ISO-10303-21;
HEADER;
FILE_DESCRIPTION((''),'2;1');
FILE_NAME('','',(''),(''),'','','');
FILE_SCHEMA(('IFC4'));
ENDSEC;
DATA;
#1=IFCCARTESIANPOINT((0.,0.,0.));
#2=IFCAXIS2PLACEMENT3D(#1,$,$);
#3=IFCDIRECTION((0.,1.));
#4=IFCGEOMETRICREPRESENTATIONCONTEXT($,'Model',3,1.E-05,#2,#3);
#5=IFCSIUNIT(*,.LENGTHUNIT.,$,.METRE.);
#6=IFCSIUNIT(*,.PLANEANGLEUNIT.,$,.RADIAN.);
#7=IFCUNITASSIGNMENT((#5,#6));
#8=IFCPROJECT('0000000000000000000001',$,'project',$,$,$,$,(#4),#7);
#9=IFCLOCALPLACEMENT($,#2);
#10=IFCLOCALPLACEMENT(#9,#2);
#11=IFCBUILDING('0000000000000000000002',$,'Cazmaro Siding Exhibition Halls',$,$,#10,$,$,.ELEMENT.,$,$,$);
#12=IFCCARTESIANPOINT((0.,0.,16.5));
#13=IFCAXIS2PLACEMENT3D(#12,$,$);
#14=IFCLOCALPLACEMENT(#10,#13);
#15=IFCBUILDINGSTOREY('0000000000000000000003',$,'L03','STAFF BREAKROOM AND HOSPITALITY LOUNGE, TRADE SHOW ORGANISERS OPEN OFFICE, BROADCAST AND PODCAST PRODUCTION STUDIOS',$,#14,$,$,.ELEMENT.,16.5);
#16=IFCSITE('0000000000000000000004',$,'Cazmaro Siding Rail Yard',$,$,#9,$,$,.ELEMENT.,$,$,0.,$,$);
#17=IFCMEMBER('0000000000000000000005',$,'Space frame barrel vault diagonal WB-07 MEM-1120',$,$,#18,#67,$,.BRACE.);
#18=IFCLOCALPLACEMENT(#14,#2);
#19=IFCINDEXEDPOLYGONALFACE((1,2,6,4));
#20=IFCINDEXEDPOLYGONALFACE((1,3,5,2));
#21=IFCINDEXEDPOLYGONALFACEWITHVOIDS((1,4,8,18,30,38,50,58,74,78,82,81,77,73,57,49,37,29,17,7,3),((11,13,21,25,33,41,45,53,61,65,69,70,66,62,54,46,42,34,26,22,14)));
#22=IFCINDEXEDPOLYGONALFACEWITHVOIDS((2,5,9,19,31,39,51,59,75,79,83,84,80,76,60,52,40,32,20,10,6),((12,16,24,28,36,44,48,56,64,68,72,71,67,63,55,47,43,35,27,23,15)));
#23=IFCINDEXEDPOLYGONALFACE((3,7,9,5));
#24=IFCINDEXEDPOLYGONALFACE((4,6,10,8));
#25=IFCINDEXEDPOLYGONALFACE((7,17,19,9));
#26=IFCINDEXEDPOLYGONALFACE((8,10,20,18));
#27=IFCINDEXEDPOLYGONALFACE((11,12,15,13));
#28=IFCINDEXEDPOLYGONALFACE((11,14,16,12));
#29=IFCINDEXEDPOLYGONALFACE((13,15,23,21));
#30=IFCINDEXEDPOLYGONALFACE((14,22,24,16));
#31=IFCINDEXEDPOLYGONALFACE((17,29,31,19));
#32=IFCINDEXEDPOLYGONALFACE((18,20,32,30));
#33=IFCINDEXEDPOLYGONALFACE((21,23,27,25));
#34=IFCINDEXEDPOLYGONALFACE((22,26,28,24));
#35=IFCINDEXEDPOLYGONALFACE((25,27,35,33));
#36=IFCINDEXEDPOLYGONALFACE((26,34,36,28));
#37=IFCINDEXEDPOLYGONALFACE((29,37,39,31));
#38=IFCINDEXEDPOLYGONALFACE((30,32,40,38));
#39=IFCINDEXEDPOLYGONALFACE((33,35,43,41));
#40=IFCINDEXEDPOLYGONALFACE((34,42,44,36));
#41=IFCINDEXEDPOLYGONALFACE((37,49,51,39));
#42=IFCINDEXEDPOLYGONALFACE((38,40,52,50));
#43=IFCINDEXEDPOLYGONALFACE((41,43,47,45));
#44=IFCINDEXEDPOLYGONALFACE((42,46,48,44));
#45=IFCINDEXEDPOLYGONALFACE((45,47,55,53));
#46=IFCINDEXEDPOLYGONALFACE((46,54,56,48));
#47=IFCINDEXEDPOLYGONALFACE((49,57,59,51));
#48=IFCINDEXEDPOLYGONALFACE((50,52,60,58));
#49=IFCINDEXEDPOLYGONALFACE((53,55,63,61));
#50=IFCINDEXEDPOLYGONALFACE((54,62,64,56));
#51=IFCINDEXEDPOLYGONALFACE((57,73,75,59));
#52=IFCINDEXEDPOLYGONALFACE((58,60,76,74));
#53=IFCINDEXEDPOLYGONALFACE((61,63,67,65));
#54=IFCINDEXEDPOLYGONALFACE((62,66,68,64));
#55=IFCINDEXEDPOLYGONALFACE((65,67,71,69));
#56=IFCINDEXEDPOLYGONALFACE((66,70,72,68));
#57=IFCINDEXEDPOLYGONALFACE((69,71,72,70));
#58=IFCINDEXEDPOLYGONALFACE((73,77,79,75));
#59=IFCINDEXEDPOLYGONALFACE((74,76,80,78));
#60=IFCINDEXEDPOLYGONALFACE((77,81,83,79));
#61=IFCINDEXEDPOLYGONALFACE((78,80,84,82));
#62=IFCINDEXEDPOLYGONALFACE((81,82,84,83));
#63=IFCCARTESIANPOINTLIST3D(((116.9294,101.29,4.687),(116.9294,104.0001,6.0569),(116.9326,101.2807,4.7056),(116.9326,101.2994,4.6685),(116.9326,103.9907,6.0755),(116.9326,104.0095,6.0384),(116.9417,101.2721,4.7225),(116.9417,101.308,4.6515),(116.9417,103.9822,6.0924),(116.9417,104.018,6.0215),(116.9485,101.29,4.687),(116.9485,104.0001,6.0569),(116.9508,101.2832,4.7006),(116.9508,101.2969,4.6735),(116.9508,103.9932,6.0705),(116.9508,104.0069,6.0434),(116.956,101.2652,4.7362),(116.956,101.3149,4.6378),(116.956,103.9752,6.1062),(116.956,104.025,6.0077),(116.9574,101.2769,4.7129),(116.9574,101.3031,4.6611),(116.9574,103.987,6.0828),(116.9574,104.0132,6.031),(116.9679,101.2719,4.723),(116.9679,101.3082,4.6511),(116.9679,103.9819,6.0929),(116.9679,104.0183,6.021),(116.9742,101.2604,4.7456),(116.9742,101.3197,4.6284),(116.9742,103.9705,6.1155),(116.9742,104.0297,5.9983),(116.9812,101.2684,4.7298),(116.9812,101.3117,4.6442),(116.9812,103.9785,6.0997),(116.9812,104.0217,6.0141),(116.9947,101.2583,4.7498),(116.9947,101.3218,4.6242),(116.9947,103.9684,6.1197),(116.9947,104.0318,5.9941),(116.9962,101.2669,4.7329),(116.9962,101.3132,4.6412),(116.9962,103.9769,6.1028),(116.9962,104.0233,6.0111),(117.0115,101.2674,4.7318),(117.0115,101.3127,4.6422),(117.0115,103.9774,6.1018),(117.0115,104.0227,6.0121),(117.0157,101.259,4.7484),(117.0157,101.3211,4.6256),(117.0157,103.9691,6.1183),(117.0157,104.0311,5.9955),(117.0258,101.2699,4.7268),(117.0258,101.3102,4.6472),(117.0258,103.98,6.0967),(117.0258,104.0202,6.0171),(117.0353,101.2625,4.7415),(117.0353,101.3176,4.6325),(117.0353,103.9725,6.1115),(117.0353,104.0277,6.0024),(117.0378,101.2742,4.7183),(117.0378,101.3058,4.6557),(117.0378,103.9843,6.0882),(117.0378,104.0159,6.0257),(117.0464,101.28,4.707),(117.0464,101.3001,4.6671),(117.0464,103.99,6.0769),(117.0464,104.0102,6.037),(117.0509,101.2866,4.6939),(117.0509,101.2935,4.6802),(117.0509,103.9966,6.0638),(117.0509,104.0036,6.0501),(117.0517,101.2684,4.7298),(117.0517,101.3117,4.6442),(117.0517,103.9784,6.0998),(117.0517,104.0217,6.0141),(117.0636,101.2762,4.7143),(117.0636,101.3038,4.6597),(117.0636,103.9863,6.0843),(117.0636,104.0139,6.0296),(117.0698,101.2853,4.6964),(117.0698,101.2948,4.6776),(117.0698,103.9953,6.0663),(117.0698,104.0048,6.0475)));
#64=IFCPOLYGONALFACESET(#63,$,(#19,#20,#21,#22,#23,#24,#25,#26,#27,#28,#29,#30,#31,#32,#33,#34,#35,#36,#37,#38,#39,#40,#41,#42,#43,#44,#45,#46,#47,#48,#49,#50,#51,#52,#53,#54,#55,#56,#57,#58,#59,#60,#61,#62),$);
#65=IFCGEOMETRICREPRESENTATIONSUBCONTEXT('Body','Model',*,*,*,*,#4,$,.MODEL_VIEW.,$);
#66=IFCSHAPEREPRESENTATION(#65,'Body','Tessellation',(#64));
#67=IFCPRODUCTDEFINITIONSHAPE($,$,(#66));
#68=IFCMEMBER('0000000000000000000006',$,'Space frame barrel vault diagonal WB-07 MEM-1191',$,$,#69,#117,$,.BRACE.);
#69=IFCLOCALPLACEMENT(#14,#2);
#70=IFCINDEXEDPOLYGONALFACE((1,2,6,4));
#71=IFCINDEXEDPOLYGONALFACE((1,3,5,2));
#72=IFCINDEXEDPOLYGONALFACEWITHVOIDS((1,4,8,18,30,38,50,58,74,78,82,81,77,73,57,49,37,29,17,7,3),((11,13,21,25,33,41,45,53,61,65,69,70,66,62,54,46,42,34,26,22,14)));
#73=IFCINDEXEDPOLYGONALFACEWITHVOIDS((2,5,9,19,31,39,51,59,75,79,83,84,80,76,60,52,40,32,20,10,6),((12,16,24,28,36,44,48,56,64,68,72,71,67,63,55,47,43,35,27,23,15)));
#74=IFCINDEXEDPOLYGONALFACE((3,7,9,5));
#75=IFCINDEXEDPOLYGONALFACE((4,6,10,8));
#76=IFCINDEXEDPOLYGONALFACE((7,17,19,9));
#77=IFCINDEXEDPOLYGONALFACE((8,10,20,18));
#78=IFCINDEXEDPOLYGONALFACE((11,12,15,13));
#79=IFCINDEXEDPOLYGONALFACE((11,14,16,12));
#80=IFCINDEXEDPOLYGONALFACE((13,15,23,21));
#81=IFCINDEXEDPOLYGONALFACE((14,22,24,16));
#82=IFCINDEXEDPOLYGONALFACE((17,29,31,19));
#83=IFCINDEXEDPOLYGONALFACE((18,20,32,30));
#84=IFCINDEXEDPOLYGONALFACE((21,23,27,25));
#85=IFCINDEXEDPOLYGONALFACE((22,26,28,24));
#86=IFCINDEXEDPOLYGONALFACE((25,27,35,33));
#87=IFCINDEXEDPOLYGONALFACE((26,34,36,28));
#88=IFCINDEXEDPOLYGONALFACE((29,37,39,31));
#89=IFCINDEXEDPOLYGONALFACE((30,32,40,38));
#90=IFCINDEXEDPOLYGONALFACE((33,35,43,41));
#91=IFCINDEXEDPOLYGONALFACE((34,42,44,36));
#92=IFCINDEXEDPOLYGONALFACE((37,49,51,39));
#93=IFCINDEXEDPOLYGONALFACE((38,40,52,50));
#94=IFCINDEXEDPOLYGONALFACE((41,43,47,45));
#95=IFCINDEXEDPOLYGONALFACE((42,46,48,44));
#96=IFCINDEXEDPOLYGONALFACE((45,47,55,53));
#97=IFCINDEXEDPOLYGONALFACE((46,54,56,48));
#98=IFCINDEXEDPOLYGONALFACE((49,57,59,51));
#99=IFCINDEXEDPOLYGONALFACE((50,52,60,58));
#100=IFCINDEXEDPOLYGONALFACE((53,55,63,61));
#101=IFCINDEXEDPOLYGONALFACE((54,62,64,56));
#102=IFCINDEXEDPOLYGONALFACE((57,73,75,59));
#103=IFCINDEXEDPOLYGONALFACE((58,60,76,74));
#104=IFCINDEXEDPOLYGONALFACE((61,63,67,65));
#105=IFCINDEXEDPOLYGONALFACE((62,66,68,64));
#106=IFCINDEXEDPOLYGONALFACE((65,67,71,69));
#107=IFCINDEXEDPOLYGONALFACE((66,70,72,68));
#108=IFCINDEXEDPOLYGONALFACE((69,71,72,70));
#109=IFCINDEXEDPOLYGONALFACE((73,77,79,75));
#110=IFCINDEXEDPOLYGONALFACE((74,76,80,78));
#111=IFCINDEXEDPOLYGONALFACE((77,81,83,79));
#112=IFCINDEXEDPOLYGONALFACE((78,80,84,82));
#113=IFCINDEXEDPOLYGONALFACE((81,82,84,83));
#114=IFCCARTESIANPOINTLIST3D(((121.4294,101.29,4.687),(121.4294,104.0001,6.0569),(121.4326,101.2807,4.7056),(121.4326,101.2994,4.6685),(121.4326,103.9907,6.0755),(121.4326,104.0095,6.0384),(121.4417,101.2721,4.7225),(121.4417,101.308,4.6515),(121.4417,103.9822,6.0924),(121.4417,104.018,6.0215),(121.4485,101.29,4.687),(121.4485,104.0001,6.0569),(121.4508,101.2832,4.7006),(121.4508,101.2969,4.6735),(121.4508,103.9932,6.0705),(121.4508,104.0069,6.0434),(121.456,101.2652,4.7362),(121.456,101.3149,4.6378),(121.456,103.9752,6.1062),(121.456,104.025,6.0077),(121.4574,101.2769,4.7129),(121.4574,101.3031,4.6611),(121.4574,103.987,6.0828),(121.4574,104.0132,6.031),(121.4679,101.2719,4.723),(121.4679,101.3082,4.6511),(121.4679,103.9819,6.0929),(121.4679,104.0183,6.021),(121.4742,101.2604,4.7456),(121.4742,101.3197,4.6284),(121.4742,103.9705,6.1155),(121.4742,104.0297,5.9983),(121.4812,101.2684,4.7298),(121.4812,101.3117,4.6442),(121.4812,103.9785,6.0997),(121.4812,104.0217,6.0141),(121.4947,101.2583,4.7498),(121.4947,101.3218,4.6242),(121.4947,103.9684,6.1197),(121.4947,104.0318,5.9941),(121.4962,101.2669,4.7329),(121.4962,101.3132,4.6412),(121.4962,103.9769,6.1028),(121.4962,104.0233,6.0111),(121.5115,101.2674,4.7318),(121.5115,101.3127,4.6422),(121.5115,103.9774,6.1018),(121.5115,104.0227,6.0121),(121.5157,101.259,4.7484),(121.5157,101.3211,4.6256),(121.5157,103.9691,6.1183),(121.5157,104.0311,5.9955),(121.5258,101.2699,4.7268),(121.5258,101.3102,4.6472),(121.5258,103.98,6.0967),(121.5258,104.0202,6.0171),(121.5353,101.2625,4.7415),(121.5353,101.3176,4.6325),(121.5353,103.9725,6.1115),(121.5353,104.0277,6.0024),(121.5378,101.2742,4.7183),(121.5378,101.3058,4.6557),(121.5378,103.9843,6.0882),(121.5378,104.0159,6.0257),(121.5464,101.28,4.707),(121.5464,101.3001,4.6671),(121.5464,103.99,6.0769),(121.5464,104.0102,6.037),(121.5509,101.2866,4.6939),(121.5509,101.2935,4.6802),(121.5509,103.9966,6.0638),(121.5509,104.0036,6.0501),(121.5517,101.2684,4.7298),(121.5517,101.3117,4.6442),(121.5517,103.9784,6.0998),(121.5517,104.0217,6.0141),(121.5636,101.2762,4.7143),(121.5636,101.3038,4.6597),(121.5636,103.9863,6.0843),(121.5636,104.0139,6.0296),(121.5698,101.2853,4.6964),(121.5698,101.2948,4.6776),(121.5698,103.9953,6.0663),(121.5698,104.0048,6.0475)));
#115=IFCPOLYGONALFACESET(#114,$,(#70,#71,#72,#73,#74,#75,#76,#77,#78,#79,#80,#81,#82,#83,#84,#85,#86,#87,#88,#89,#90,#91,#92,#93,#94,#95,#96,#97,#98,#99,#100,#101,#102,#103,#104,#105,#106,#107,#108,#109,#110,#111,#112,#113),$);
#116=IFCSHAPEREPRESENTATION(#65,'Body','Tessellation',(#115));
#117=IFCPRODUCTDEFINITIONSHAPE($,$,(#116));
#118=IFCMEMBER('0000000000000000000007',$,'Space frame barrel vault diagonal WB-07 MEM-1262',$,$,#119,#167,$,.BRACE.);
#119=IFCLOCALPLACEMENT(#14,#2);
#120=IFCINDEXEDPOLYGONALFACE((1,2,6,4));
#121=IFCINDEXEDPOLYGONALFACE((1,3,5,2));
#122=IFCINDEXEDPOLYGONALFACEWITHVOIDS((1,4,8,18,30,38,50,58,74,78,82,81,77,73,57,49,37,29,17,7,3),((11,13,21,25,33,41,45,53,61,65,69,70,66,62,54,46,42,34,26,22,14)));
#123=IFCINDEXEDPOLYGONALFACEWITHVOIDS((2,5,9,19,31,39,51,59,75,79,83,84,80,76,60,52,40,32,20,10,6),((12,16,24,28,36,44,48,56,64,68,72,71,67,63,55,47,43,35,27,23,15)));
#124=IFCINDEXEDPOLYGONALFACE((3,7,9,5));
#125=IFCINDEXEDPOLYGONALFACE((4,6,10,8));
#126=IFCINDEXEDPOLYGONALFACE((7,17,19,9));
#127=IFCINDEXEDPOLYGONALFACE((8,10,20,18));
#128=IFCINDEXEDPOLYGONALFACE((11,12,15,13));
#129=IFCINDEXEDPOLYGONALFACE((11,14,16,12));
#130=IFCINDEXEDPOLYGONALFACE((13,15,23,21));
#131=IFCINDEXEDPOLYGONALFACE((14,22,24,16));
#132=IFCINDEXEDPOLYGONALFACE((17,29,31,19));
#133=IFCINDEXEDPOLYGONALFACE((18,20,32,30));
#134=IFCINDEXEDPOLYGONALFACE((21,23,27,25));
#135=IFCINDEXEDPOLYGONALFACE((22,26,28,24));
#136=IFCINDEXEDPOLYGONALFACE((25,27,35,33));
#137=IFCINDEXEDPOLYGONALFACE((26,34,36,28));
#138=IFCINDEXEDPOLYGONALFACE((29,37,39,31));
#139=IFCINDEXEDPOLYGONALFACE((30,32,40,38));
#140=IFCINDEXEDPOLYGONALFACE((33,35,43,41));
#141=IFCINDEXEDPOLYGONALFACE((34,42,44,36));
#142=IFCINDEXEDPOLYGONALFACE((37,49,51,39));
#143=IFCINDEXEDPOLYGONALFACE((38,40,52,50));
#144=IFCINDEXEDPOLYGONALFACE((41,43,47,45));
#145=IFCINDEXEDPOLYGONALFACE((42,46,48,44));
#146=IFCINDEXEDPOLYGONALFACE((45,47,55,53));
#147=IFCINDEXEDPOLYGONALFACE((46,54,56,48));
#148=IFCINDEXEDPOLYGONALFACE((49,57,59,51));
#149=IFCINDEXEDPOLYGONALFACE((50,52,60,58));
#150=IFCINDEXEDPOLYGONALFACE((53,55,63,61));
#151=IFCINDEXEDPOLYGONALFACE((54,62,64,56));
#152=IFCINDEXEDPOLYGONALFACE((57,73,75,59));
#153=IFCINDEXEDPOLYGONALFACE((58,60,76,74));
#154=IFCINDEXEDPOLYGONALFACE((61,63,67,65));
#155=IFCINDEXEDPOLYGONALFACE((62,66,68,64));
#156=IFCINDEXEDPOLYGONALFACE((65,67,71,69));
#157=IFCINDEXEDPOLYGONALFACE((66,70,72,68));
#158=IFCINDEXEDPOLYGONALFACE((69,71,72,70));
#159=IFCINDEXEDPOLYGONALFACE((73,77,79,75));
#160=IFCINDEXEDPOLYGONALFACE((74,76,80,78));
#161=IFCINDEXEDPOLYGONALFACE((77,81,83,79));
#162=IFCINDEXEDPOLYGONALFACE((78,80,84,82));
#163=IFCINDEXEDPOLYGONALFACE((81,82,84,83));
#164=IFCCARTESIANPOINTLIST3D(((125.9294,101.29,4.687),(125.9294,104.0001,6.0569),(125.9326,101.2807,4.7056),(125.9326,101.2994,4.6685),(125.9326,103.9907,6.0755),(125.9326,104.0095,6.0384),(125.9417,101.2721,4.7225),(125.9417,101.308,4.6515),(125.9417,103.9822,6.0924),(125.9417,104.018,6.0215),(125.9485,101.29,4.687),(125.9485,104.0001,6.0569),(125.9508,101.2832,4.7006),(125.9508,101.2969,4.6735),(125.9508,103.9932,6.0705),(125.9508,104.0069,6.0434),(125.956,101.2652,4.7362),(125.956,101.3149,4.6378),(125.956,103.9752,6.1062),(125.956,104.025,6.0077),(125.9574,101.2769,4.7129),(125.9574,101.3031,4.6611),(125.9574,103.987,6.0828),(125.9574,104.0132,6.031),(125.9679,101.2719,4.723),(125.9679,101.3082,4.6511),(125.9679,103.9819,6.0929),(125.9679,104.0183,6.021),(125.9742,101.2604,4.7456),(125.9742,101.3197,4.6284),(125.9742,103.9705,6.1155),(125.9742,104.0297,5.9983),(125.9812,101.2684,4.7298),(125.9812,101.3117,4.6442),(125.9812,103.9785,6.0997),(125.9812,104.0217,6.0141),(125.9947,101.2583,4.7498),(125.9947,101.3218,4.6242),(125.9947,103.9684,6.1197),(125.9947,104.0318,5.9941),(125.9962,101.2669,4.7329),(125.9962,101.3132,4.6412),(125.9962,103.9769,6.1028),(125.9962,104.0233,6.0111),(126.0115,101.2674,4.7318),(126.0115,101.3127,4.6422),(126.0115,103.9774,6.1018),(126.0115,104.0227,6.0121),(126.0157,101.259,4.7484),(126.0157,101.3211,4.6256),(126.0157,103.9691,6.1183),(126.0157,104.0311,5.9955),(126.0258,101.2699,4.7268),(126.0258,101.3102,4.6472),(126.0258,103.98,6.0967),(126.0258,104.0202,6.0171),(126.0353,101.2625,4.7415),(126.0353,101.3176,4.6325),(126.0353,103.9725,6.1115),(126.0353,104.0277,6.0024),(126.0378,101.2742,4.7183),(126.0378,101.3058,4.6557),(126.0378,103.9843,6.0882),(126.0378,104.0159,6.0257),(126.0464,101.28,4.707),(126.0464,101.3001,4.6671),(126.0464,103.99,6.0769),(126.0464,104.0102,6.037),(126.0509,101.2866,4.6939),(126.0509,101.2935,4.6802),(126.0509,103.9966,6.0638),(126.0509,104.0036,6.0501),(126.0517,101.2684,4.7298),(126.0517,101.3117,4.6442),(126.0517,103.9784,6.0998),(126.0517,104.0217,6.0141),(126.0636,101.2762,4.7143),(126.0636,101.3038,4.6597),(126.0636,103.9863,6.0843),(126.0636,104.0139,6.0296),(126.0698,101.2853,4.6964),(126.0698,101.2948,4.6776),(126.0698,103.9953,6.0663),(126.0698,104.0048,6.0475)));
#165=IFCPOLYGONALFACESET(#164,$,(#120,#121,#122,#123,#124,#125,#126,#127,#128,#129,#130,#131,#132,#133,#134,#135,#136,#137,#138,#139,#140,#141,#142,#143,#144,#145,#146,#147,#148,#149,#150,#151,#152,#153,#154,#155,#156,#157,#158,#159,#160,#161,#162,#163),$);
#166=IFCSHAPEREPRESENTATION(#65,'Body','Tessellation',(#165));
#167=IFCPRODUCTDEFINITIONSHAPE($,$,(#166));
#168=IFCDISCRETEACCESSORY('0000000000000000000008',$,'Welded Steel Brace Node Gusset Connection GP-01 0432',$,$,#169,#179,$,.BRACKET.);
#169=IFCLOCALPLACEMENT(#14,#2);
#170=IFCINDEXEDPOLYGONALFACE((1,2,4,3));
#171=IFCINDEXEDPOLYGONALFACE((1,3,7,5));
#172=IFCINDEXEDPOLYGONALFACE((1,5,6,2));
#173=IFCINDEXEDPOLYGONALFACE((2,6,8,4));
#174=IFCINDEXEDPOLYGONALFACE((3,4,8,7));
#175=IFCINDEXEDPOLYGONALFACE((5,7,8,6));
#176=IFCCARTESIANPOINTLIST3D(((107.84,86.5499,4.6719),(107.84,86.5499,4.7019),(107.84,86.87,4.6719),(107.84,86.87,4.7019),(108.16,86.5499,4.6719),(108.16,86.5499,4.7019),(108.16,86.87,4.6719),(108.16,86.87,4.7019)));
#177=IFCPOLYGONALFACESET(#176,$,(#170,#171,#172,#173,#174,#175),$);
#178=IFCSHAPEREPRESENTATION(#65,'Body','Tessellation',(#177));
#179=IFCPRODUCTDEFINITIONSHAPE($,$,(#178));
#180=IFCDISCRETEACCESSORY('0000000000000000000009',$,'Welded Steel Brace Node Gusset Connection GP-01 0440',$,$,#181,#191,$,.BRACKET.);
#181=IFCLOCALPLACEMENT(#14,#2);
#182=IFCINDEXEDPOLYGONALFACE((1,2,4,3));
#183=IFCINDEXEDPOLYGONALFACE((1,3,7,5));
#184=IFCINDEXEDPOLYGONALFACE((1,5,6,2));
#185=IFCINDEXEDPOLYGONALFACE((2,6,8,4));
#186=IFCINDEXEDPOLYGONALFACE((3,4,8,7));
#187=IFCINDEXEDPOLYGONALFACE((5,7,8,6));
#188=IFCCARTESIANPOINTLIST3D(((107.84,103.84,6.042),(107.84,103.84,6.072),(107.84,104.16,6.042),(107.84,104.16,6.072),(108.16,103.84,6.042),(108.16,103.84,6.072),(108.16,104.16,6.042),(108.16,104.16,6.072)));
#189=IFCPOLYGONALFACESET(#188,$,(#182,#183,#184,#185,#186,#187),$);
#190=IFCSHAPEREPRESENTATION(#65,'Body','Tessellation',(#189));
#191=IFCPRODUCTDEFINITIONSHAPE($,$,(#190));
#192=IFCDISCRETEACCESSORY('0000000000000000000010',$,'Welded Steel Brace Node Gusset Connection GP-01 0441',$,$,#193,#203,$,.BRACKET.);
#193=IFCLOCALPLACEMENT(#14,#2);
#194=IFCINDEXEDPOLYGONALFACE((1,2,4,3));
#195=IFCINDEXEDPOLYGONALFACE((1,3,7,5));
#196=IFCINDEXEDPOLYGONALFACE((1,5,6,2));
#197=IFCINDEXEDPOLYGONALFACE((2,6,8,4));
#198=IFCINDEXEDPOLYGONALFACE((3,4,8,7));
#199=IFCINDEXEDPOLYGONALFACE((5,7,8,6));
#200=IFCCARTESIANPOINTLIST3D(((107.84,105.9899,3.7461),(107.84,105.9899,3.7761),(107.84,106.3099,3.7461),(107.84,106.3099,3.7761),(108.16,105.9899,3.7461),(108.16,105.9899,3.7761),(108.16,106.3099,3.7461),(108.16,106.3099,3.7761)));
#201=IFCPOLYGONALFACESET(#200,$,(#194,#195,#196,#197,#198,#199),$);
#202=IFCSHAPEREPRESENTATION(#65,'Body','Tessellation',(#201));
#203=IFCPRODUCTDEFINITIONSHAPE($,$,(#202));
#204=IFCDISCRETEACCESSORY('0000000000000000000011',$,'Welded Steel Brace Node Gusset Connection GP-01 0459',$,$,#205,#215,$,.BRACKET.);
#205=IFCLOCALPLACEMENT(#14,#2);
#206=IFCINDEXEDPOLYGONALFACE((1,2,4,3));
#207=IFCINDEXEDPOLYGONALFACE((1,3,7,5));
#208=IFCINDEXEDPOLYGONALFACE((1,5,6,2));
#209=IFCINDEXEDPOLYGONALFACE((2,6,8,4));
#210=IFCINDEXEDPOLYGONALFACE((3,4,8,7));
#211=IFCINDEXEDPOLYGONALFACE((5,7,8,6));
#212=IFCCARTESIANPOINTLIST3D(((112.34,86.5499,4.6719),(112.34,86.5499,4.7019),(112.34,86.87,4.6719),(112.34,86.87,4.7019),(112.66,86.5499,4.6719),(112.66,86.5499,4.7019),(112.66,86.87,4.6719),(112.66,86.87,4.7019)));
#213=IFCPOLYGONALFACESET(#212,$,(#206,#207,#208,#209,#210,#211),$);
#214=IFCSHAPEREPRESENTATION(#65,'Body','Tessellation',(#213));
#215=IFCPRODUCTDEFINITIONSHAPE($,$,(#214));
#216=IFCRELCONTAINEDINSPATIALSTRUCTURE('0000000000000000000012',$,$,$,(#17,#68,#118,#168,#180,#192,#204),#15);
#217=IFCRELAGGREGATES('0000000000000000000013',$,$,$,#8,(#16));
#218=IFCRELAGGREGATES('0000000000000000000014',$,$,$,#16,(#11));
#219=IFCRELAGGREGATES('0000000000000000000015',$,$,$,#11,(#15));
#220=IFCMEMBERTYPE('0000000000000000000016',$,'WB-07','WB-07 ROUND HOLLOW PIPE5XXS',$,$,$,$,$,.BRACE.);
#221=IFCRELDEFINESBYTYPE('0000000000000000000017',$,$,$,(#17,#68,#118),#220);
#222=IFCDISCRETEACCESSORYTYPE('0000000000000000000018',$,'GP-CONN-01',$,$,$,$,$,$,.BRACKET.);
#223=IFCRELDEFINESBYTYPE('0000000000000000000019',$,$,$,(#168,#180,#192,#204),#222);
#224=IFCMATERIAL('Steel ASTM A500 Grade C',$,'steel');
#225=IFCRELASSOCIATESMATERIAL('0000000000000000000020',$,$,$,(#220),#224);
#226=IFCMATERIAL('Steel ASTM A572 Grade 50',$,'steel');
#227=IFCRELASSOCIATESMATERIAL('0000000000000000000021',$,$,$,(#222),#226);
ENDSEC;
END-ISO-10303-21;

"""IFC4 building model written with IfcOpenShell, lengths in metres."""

from ifc_helpers import new_model, si_unit, direction, frame, origin, origin_2d, place, context, subcontext, project, spatial, rectangle, hollow_circle, extrude, material, material_profile, profile_set, type_object, element, save


model = new_model("IFC4")

# Units and contexts
model_context = context("Model", 3, precision=1e-05, world=origin(), true_north=direction((0.0, 1.0)))
body_context = subcontext(model_context, "Body", "Model", "MODEL_VIEW")
ifc_project = project(units=[si_unit("LENGTHUNIT", "METRE"), si_unit("PLANEANGLEUNIT", "RADIAN")], contexts=[model_context])

# Site, building, storey
site_placement = place(None, origin())
site = spatial("IfcSite", under=ifc_project, at=site_placement, Name="Cazmaro Siding Rail Yard", CompositionType="ELEMENT", RefElevation=0.0)
building_placement = place(site_placement, origin())
building = spatial("IfcBuilding", under=site, at=building_placement, Name="Cazmaro Siding Exhibition Halls", CompositionType="ELEMENT")
storey_placement = place(building_placement, frame((0.0, 0.0, 16.5)))
storey = spatial("IfcBuildingStorey", under=building, at=storey_placement, Name="L03", Description="STAFF BREAKROOM AND HOSPITALITY LOUNGE, TRADE SHOW ORGANISERS OPEN OFFICE, BROADCAST AND PODCAST PRODUCTION STUDIOS", CompositionType="ELEMENT", Elevation=16.5)

# Members
ifc_material_1 = material(Name="Steel ASTM A500 Grade C", Category="steel")
ifc_material_profile_1 = material_profile(ifc_material_1, hollow_circle(Radius=0.0706, WallThickness=0.019, at=origin_2d()), Name="PIPE5XXS")
ifc_profile_set_1 = profile_set([ifc_material_profile_1], Name="Steel ASTM A500 Grade C")
member_type_1 = type_object("IfcMemberType", Name="WB-07", Description="WB-07 ROUND HOLLOW PIPE5XXS", PredefinedType="BRACE", material=ifc_profile_set_1)
for number, where, z_axis, x_axis, name in (
    (1, (117.0, 101.29, 4.687), (0.0, 0.892457, 0.451133), (-1.0, 0.0, 0.0), "Space frame barrel vault diagonal WB-07 MEM-1120"),
    (2, (121.5, 101.29, 4.687), (0.0, 0.892457, 0.451133), (-1.0, 0.0, 0.0), "Space frame barrel vault diagonal WB-07 MEM-1191"),
    (3, (126.0, 101.29, 4.687), (0.0, 0.892457, 0.451133), (-1.0, 0.0, 0.0), "Space frame barrel vault diagonal WB-07 MEM-1262"),
):
    element("IfcMember", number, at=place(storey_placement, frame(where, z_axis=z_axis, x_axis=x_axis)), inside=storey, type_object=member_type_1, Name=name, PredefinedType="BRACE", context=body_context, shape_type="SweptSolid", body=[
        extrude(hollow_circle(Radius=0.0706, WallThickness=0.019, at=origin_2d()), origin(), (0.0, 0.0, 1.0), 3.0366),
    ])

# Discrete accessories
ifc_material_2 = material(Name="Steel ASTM A572 Grade 50", Category="steel")
discrete_accessory_type = type_object("IfcDiscreteAccessoryType", Name="GP-CONN-01", PredefinedType="BRACKET", material=ifc_material_2)
for number, where, z_axis, x_axis, name in (
    (4, (108.0, 86.71, 4.6719), (0.0, 0.0, 1.0), (1.0, 0.0, 0.0), "Welded Steel Brace Node Gusset Connection GP-01 0432"),
    (5, (108.0, 104.0, 6.042), (0.0, 0.0, 1.0), (1.0, 0.0, 0.0), "Welded Steel Brace Node Gusset Connection GP-01 0440"),
    (6, (108.0, 106.1499, 3.7461), (0.0, 0.0, 1.0), (1.0, 0.0, 0.0), "Welded Steel Brace Node Gusset Connection GP-01 0441"),
    (7, (112.5, 86.71, 4.6719), (0.0, 0.0, 1.0), (1.0, 0.0, 0.0), "Welded Steel Brace Node Gusset Connection GP-01 0459"),
):
    element("IfcDiscreteAccessory", number, at=place(storey_placement, frame(where, z_axis=z_axis, x_axis=x_axis)), inside=storey, type_object=discrete_accessory_type, Name=name, PredefinedType="BRACKET", context=body_context, shape_type="SweptSolid", body=[
        extrude(rectangle(XDim=0.3201, YDim=0.3201, at=origin_2d()), origin(), (0.0, 0.0, 1.0), 0.03),
    ])

save(model, "model.ifc")
